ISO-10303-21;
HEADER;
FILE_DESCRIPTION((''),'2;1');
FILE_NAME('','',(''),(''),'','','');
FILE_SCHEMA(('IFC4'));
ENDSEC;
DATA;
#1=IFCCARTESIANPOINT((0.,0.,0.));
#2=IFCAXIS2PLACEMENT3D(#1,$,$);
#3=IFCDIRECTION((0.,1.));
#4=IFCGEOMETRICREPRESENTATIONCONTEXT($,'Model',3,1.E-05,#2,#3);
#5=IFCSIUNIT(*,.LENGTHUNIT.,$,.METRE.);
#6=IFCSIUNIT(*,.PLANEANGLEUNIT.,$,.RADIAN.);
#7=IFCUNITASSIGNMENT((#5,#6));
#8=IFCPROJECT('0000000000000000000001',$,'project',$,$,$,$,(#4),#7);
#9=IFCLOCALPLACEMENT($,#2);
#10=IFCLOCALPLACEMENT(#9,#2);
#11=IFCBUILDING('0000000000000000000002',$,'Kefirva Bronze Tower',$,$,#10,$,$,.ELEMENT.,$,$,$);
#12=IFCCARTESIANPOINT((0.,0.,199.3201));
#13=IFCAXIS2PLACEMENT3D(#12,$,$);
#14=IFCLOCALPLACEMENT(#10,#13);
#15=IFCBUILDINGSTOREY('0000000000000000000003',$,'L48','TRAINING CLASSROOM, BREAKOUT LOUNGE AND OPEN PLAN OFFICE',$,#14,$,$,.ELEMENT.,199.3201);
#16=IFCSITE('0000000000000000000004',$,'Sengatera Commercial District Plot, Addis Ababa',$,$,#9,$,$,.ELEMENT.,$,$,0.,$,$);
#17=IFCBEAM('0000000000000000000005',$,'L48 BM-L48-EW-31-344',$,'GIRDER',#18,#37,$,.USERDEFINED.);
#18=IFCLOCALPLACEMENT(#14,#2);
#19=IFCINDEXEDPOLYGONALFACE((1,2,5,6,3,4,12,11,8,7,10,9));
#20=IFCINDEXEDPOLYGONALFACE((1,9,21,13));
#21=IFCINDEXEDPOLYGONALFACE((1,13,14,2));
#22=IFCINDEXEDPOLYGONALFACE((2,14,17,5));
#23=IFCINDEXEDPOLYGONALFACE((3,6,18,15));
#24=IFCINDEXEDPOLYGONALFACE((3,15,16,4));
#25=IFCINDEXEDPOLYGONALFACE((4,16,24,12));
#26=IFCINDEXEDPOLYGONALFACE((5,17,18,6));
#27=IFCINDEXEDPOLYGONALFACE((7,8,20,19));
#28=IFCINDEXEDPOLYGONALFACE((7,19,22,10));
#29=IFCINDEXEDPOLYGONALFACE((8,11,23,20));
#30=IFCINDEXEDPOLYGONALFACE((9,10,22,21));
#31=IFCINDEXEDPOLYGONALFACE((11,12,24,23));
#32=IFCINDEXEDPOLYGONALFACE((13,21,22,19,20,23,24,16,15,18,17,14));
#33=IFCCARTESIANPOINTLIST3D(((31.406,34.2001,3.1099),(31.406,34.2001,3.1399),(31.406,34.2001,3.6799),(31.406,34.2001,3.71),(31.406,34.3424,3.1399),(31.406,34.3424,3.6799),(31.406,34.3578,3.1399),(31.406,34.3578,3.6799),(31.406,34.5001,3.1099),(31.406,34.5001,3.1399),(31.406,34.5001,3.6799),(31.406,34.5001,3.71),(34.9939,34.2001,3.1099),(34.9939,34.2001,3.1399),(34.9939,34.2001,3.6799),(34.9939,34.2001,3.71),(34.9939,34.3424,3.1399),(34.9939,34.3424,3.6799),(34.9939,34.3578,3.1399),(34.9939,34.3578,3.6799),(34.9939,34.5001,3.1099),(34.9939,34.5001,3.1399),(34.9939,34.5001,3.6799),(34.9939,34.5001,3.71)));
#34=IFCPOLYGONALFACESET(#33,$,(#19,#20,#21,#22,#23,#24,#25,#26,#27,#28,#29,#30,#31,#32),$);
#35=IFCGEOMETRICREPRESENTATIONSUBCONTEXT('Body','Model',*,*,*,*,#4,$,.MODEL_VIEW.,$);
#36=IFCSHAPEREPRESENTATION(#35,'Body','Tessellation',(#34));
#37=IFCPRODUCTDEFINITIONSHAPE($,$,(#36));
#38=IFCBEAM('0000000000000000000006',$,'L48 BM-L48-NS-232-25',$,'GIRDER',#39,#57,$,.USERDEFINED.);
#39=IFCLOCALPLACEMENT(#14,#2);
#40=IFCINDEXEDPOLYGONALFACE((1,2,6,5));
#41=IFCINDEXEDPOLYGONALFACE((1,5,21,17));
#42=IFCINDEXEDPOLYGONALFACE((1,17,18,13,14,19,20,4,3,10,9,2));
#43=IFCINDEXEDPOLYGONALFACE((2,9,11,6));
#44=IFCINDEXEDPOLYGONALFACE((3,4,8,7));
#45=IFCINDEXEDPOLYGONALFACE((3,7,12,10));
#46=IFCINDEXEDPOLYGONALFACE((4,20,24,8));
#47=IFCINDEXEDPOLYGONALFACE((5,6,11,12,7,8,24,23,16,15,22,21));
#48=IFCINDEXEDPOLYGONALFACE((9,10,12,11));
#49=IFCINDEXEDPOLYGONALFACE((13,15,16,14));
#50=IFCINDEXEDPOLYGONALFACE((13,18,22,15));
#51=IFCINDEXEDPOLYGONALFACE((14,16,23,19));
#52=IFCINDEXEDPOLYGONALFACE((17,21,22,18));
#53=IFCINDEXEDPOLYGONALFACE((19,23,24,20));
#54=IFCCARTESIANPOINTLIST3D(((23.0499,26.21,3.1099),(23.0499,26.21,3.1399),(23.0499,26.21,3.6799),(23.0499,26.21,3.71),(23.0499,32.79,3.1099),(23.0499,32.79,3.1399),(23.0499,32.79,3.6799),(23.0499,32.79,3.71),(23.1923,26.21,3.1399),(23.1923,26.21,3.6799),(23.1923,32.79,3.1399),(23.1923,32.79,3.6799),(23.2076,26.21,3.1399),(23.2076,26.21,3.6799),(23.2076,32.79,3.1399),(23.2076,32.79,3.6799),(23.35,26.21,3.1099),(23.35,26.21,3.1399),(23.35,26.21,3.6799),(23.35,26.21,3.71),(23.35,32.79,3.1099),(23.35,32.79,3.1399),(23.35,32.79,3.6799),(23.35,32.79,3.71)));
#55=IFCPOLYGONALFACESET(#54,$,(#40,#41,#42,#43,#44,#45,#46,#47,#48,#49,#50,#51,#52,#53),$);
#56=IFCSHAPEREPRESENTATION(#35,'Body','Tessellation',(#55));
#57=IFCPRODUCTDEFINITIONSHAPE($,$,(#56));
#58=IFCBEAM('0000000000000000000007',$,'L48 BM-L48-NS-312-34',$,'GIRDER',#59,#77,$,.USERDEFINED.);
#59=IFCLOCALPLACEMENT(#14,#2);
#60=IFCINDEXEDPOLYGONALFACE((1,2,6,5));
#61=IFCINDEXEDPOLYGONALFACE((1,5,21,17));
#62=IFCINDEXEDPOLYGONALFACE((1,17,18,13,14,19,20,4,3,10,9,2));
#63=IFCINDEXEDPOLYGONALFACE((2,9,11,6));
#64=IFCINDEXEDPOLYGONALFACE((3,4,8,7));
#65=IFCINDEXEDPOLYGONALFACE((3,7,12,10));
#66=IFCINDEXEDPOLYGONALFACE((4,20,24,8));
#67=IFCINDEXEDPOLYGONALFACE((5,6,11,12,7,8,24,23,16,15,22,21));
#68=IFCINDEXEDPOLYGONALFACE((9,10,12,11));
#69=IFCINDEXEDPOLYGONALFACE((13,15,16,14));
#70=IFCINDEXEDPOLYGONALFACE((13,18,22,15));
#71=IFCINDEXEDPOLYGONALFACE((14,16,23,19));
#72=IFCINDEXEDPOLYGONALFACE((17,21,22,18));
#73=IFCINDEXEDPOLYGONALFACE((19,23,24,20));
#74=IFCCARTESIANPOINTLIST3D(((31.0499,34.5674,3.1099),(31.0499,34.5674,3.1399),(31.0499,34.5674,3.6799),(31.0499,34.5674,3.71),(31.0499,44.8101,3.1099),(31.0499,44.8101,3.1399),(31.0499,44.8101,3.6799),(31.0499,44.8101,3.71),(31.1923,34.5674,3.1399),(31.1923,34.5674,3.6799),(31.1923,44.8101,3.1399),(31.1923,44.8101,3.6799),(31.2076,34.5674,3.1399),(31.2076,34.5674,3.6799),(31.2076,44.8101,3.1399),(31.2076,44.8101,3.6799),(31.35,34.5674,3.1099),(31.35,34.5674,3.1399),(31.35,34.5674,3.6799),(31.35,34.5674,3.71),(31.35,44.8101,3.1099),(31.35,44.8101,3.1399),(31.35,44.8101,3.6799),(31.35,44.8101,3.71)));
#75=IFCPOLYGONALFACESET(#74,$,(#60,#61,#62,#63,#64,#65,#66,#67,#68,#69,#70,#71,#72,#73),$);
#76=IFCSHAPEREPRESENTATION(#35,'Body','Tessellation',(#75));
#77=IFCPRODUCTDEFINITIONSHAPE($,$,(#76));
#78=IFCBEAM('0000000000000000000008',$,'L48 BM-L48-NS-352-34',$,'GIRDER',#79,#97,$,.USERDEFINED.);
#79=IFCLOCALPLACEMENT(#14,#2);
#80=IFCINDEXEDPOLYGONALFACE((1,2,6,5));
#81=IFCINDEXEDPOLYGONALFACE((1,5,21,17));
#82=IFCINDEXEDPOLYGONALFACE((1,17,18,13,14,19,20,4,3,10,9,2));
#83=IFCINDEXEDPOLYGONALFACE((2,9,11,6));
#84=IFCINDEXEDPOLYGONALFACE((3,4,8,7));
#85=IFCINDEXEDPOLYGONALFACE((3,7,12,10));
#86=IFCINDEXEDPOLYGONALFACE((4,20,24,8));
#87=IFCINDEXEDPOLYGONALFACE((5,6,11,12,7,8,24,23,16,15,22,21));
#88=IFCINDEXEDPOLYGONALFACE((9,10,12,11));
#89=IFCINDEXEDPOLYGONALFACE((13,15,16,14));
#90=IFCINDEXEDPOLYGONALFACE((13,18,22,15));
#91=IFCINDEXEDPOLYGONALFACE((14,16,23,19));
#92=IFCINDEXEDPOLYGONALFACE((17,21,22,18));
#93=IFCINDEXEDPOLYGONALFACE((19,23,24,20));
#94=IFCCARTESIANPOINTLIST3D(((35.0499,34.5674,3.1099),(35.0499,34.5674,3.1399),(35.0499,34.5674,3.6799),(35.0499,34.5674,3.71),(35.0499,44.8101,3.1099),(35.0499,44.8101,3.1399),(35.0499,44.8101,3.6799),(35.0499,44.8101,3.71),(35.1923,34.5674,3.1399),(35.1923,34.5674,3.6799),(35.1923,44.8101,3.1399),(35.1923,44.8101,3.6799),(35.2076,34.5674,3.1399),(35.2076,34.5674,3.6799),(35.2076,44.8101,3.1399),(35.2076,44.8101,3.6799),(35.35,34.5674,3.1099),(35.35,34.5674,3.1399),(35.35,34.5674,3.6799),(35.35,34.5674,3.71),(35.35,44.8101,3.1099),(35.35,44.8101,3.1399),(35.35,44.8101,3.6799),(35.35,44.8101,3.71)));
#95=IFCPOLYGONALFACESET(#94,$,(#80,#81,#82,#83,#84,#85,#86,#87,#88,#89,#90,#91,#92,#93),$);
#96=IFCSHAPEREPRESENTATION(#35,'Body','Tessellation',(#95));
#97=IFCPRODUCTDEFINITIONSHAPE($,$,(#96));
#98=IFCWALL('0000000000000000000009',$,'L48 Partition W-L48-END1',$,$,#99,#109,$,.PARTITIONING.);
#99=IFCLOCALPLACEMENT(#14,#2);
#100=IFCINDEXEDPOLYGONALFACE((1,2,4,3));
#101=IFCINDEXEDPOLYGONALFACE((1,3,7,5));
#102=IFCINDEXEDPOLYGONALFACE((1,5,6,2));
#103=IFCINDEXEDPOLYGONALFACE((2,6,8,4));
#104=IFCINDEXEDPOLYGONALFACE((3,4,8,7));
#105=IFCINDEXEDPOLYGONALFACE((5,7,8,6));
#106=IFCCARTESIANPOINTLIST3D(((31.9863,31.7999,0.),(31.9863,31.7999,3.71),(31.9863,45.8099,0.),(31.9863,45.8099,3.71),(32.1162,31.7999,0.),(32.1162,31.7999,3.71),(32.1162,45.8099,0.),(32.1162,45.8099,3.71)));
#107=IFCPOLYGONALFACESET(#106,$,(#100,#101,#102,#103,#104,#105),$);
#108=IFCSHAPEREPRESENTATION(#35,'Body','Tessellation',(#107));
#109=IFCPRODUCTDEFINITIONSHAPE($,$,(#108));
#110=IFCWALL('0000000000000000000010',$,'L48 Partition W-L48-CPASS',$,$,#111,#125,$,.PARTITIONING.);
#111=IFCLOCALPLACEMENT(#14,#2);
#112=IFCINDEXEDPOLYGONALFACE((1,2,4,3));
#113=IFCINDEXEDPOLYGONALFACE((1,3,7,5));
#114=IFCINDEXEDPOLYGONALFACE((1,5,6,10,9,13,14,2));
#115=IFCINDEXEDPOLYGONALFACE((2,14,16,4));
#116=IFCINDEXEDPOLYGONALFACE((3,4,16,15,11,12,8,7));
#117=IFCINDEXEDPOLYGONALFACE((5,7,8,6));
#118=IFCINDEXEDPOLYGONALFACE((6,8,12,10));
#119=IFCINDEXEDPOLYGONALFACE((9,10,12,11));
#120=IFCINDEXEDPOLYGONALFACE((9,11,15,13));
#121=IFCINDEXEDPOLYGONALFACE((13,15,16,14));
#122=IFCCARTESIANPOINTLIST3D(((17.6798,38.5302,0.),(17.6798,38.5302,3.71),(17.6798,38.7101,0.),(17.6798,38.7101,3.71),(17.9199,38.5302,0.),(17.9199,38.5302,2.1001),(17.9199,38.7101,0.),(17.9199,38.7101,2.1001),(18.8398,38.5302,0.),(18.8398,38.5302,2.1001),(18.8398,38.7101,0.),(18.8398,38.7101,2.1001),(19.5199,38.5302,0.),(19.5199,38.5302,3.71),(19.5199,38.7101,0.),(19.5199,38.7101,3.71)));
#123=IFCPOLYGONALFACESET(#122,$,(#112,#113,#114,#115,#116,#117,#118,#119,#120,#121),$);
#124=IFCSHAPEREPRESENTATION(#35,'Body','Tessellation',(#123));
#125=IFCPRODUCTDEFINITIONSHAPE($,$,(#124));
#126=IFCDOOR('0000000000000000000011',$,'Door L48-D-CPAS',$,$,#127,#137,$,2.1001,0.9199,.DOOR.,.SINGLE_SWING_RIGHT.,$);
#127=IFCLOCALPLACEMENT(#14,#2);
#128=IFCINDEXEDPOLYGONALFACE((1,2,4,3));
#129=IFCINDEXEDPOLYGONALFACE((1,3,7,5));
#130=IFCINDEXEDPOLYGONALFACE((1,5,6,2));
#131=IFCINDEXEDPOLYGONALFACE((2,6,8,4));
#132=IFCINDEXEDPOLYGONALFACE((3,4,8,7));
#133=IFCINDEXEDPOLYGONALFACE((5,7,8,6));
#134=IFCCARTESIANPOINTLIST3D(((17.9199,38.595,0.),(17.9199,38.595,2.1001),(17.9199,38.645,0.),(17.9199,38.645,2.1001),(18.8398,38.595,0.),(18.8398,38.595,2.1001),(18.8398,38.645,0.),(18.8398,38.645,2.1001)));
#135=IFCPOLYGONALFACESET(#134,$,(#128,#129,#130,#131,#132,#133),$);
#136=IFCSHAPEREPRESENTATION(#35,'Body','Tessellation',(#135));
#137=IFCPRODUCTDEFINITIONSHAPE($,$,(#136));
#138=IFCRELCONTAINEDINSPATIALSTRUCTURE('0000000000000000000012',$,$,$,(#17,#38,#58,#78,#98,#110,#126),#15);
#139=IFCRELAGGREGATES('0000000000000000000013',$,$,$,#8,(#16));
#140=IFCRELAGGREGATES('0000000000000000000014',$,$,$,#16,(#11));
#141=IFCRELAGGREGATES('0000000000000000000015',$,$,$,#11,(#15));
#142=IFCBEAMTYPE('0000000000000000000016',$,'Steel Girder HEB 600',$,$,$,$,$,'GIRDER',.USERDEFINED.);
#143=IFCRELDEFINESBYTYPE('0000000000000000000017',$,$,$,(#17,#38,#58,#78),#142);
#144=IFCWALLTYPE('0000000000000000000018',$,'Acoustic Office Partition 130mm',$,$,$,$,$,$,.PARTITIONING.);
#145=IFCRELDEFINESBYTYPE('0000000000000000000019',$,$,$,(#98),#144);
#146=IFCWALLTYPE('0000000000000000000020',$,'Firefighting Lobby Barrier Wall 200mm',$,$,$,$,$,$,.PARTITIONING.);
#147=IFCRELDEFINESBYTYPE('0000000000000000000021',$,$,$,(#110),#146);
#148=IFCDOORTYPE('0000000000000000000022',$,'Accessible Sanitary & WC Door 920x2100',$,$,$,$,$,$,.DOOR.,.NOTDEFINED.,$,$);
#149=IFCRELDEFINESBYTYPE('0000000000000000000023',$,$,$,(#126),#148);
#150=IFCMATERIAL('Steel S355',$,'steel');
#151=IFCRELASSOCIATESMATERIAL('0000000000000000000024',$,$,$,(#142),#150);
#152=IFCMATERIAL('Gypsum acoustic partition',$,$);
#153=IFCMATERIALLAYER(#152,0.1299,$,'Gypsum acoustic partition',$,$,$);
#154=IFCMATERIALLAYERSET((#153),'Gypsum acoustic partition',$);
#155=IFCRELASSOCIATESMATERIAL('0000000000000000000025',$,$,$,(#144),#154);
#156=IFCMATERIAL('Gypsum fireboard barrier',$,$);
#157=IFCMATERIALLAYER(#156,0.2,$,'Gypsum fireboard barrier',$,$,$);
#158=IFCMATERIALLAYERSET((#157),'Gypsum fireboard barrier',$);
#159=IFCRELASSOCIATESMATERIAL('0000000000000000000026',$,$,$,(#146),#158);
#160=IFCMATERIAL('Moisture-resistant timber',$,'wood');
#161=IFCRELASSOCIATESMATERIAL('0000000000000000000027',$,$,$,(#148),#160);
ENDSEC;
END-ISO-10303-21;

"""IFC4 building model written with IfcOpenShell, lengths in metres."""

from ifc_helpers import new_model, si_unit, direction, frame, frame_2d, origin, origin_2d, place, context, subcontext, project, spatial, rectangle, i_section, extrude, material, layer, layer_set, material_profile, profile_set, type_object, element, fill, save


model = new_model("IFC4")

# Units and contexts
model_context = context("Model", 3, precision=1e-05, world=origin(), true_north=direction((0.0, 1.0)))
body_context = subcontext(model_context, "Body", "Model", "MODEL_VIEW")
ifc_project = project(units=[si_unit("LENGTHUNIT", "METRE"), si_unit("PLANEANGLEUNIT", "RADIAN")], contexts=[model_context])

# Site, building, storey
site_placement = place(None, origin())
site = spatial("IfcSite", under=ifc_project, at=site_placement, Name="Sengatera Commercial District Plot, Addis Ababa", CompositionType="ELEMENT", RefElevation=0.0)
building_placement = place(site_placement, origin())
building = spatial("IfcBuilding", under=site, at=building_placement, Name="Kefirva Bronze Tower", CompositionType="ELEMENT")
storey_placement = place(building_placement, frame((0.0, 0.0, 199.3201)))
storey = spatial("IfcBuildingStorey", under=building, at=storey_placement, Name="L48", Description="TRAINING CLASSROOM, BREAKOUT LOUNGE AND OPEN PLAN OFFICE", CompositionType="ELEMENT", Elevation=199.3201)

# Beams
ifc_material_1 = material(Name="Steel S355", Category="steel")
ifc_material_profile_1 = material_profile(ifc_material_1, i_section(OverallWidth=0.3, OverallDepth=0.6001, WebThickness=0.0154, FlangeThickness=0.03, at=origin_2d()), Name="HEB 600")
ifc_profile_set_1 = profile_set([ifc_material_profile_1], Name="Steel S355")
beam_type_1 = type_object("IfcBeamType", Name="Steel Girder HEB 600", ElementType="GIRDER", PredefinedType="USERDEFINED", material=ifc_profile_set_1)
for number, where, z_axis, x_axis, name in (
    (1, (31.406, 34.3501, 3.4099), (1.0, 0.0, 0.0), (0.0, 1.0, 0.0), "L48 BM-L48-EW-31-344"),
):
    element("IfcBeam", number, at=place(storey_placement, frame(where, z_axis=z_axis, x_axis=x_axis)), inside=storey, type_object=beam_type_1, Name=name, ObjectType="GIRDER", PredefinedType="USERDEFINED", context=body_context, shape_type="SweptSolid", body=[
        extrude(i_section(OverallWidth=0.3, OverallDepth=0.6001, WebThickness=0.0154, FlangeThickness=0.03, at=origin_2d()), origin(), (0.0, 0.0, 1.0), 3.5879),
    ])
beam_1_placement = place(storey_placement, frame((23.2, 26.21, 3.4099), z_axis=(0.0, 1.0, 0.0), x_axis=(-1.0, 0.0, 0.0)))
element("IfcBeam", 2, at=beam_1_placement, inside=storey, type_object=beam_type_1, Name="L48 BM-L48-NS-232-25", ObjectType="GIRDER", PredefinedType="USERDEFINED", context=body_context, shape_type="SweptSolid", body=[
    extrude(i_section(OverallWidth=0.3, OverallDepth=0.6001, WebThickness=0.0154, FlangeThickness=0.03, at=origin_2d()), origin(), (0.0, 0.0, 1.0), 6.5801),
])
for number, where, z_axis, x_axis, name in (
    (3, (31.2, 34.5674, 3.4099), (0.0, 1.0, 0.0), (-1.0, 0.0, 0.0), "L48 BM-L48-NS-312-34"),
    (4, (35.2, 34.5674, 3.4099), (0.0, 1.0, 0.0), (-1.0, 0.0, 0.0), "L48 BM-L48-NS-352-34"),
):
    element("IfcBeam", number, at=place(storey_placement, frame(where, z_axis=z_axis, x_axis=x_axis)), inside=storey, type_object=beam_type_1, Name=name, ObjectType="GIRDER", PredefinedType="USERDEFINED", context=body_context, shape_type="SweptSolid", body=[
        extrude(i_section(OverallWidth=0.3, OverallDepth=0.6001, WebThickness=0.0154, FlangeThickness=0.03, at=origin_2d()), origin(), (0.0, 0.0, 1.0), 10.2427),
    ])

# Wall
ifc_material_2 = material(Name="Gypsum acoustic partition")
ifc_layer_1 = layer(ifc_material_2, 0.1299, Name="Gypsum acoustic partition")
ifc_layer_set_1 = layer_set([ifc_layer_1], Name="Gypsum acoustic partition")
wall_type_1 = type_object("IfcWallType", Name="Acoustic Office Partition 130mm", PredefinedType="PARTITIONING", material=ifc_layer_set_1)
wall_1_placement = place(storey_placement, frame((32.0513, 31.8, 0.0), z_axis=(0.0, 0.0, 1.0), x_axis=(0.0, 1.0, 0.0)))
element("IfcWall", 5, at=wall_1_placement, inside=storey, type_object=wall_type_1, Name="L48 Partition W-L48-END1", PredefinedType="PARTITIONING", context=body_context, shape_type="SweptSolid", body=[
    extrude(rectangle(XDim=14.01, YDim=0.1299, at=frame_2d((7.0049, 0.0))), origin(), (0.0, 0.0, 1.0), 3.71),
])

# Wall, opening, door
ifc_material_3 = material(Name="Gypsum fireboard barrier")
ifc_layer_2 = layer(ifc_material_3, 0.2, Name="Gypsum fireboard barrier")
ifc_layer_set_2 = layer_set([ifc_layer_2], Name="Gypsum fireboard barrier")
wall_type_2 = type_object("IfcWallType", Name="Firefighting Lobby Barrier Wall 200mm", PredefinedType="PARTITIONING", material=ifc_layer_set_2)
wall_2_placement = place(storey_placement, frame((17.6799, 38.6201, 0.0), z_axis=(0.0, 0.0, 1.0), x_axis=(1.0, 0.0, 0.0)))
wall_2 = element("IfcWall", 6, at=wall_2_placement, inside=storey, type_object=wall_type_2, Name="L48 Partition W-L48-CPASS", PredefinedType="PARTITIONING", context=body_context, shape_type="SweptSolid", body=[
    extrude(rectangle(XDim=1.8401, YDim=0.1799, at=frame_2d((0.9199, 0.0))), origin(), (0.0, 0.0, 1.0), 3.71),
])
opening_1_placement = place(wall_2_placement, frame((0.24, 0.0, 0.0)))
opening_1 = element("IfcOpeningElement", 7, at=opening_1_placement, cuts=wall_2, PredefinedType="OPENING", context=body_context, shape_type="SweptSolid", body=[
    extrude(rectangle(XDim=0.9199, YDim=2.1001, at=frame_2d((0.46, 1.05))), frame((0.0, 0.1001, 0.0), z_axis=(0.0, -1.0, 0.0), x_axis=(1.0, 0.0, 0.0)), (0.0, 0.0, 1.0), 0.2),
])
ifc_material_4 = material(Name="Moisture-resistant timber", Category="wood")
door_type_1 = type_object("IfcDoorType", Name="Accessible Sanitary & WC Door 920x2100", OperationType="NOTDEFINED", PredefinedType="DOOR", material=ifc_material_4)
door_1_placement = place(opening_1_placement, origin())
door_1 = element("IfcDoor", 8, at=door_1_placement, inside=storey, type_object=door_type_1, Name="Door L48-D-CPAS", OperationType="SINGLE_SWING_RIGHT", OverallHeight=2.1001, OverallWidth=0.9199, PredefinedType="DOOR", context=body_context, shape_type="SweptSolid", body=[
    extrude(rectangle(XDim=0.9199, YDim=2.1001, at=frame_2d((0.46, 1.05))), frame((0.0, 0.0249, 0.0), z_axis=(0.0, -1.0, 0.0), x_axis=(1.0, 0.0, 0.0)), (0.0, 0.0, 1.0), 0.05),
])
fill(opening_1, door_1)

save(model, "model.ifc")
